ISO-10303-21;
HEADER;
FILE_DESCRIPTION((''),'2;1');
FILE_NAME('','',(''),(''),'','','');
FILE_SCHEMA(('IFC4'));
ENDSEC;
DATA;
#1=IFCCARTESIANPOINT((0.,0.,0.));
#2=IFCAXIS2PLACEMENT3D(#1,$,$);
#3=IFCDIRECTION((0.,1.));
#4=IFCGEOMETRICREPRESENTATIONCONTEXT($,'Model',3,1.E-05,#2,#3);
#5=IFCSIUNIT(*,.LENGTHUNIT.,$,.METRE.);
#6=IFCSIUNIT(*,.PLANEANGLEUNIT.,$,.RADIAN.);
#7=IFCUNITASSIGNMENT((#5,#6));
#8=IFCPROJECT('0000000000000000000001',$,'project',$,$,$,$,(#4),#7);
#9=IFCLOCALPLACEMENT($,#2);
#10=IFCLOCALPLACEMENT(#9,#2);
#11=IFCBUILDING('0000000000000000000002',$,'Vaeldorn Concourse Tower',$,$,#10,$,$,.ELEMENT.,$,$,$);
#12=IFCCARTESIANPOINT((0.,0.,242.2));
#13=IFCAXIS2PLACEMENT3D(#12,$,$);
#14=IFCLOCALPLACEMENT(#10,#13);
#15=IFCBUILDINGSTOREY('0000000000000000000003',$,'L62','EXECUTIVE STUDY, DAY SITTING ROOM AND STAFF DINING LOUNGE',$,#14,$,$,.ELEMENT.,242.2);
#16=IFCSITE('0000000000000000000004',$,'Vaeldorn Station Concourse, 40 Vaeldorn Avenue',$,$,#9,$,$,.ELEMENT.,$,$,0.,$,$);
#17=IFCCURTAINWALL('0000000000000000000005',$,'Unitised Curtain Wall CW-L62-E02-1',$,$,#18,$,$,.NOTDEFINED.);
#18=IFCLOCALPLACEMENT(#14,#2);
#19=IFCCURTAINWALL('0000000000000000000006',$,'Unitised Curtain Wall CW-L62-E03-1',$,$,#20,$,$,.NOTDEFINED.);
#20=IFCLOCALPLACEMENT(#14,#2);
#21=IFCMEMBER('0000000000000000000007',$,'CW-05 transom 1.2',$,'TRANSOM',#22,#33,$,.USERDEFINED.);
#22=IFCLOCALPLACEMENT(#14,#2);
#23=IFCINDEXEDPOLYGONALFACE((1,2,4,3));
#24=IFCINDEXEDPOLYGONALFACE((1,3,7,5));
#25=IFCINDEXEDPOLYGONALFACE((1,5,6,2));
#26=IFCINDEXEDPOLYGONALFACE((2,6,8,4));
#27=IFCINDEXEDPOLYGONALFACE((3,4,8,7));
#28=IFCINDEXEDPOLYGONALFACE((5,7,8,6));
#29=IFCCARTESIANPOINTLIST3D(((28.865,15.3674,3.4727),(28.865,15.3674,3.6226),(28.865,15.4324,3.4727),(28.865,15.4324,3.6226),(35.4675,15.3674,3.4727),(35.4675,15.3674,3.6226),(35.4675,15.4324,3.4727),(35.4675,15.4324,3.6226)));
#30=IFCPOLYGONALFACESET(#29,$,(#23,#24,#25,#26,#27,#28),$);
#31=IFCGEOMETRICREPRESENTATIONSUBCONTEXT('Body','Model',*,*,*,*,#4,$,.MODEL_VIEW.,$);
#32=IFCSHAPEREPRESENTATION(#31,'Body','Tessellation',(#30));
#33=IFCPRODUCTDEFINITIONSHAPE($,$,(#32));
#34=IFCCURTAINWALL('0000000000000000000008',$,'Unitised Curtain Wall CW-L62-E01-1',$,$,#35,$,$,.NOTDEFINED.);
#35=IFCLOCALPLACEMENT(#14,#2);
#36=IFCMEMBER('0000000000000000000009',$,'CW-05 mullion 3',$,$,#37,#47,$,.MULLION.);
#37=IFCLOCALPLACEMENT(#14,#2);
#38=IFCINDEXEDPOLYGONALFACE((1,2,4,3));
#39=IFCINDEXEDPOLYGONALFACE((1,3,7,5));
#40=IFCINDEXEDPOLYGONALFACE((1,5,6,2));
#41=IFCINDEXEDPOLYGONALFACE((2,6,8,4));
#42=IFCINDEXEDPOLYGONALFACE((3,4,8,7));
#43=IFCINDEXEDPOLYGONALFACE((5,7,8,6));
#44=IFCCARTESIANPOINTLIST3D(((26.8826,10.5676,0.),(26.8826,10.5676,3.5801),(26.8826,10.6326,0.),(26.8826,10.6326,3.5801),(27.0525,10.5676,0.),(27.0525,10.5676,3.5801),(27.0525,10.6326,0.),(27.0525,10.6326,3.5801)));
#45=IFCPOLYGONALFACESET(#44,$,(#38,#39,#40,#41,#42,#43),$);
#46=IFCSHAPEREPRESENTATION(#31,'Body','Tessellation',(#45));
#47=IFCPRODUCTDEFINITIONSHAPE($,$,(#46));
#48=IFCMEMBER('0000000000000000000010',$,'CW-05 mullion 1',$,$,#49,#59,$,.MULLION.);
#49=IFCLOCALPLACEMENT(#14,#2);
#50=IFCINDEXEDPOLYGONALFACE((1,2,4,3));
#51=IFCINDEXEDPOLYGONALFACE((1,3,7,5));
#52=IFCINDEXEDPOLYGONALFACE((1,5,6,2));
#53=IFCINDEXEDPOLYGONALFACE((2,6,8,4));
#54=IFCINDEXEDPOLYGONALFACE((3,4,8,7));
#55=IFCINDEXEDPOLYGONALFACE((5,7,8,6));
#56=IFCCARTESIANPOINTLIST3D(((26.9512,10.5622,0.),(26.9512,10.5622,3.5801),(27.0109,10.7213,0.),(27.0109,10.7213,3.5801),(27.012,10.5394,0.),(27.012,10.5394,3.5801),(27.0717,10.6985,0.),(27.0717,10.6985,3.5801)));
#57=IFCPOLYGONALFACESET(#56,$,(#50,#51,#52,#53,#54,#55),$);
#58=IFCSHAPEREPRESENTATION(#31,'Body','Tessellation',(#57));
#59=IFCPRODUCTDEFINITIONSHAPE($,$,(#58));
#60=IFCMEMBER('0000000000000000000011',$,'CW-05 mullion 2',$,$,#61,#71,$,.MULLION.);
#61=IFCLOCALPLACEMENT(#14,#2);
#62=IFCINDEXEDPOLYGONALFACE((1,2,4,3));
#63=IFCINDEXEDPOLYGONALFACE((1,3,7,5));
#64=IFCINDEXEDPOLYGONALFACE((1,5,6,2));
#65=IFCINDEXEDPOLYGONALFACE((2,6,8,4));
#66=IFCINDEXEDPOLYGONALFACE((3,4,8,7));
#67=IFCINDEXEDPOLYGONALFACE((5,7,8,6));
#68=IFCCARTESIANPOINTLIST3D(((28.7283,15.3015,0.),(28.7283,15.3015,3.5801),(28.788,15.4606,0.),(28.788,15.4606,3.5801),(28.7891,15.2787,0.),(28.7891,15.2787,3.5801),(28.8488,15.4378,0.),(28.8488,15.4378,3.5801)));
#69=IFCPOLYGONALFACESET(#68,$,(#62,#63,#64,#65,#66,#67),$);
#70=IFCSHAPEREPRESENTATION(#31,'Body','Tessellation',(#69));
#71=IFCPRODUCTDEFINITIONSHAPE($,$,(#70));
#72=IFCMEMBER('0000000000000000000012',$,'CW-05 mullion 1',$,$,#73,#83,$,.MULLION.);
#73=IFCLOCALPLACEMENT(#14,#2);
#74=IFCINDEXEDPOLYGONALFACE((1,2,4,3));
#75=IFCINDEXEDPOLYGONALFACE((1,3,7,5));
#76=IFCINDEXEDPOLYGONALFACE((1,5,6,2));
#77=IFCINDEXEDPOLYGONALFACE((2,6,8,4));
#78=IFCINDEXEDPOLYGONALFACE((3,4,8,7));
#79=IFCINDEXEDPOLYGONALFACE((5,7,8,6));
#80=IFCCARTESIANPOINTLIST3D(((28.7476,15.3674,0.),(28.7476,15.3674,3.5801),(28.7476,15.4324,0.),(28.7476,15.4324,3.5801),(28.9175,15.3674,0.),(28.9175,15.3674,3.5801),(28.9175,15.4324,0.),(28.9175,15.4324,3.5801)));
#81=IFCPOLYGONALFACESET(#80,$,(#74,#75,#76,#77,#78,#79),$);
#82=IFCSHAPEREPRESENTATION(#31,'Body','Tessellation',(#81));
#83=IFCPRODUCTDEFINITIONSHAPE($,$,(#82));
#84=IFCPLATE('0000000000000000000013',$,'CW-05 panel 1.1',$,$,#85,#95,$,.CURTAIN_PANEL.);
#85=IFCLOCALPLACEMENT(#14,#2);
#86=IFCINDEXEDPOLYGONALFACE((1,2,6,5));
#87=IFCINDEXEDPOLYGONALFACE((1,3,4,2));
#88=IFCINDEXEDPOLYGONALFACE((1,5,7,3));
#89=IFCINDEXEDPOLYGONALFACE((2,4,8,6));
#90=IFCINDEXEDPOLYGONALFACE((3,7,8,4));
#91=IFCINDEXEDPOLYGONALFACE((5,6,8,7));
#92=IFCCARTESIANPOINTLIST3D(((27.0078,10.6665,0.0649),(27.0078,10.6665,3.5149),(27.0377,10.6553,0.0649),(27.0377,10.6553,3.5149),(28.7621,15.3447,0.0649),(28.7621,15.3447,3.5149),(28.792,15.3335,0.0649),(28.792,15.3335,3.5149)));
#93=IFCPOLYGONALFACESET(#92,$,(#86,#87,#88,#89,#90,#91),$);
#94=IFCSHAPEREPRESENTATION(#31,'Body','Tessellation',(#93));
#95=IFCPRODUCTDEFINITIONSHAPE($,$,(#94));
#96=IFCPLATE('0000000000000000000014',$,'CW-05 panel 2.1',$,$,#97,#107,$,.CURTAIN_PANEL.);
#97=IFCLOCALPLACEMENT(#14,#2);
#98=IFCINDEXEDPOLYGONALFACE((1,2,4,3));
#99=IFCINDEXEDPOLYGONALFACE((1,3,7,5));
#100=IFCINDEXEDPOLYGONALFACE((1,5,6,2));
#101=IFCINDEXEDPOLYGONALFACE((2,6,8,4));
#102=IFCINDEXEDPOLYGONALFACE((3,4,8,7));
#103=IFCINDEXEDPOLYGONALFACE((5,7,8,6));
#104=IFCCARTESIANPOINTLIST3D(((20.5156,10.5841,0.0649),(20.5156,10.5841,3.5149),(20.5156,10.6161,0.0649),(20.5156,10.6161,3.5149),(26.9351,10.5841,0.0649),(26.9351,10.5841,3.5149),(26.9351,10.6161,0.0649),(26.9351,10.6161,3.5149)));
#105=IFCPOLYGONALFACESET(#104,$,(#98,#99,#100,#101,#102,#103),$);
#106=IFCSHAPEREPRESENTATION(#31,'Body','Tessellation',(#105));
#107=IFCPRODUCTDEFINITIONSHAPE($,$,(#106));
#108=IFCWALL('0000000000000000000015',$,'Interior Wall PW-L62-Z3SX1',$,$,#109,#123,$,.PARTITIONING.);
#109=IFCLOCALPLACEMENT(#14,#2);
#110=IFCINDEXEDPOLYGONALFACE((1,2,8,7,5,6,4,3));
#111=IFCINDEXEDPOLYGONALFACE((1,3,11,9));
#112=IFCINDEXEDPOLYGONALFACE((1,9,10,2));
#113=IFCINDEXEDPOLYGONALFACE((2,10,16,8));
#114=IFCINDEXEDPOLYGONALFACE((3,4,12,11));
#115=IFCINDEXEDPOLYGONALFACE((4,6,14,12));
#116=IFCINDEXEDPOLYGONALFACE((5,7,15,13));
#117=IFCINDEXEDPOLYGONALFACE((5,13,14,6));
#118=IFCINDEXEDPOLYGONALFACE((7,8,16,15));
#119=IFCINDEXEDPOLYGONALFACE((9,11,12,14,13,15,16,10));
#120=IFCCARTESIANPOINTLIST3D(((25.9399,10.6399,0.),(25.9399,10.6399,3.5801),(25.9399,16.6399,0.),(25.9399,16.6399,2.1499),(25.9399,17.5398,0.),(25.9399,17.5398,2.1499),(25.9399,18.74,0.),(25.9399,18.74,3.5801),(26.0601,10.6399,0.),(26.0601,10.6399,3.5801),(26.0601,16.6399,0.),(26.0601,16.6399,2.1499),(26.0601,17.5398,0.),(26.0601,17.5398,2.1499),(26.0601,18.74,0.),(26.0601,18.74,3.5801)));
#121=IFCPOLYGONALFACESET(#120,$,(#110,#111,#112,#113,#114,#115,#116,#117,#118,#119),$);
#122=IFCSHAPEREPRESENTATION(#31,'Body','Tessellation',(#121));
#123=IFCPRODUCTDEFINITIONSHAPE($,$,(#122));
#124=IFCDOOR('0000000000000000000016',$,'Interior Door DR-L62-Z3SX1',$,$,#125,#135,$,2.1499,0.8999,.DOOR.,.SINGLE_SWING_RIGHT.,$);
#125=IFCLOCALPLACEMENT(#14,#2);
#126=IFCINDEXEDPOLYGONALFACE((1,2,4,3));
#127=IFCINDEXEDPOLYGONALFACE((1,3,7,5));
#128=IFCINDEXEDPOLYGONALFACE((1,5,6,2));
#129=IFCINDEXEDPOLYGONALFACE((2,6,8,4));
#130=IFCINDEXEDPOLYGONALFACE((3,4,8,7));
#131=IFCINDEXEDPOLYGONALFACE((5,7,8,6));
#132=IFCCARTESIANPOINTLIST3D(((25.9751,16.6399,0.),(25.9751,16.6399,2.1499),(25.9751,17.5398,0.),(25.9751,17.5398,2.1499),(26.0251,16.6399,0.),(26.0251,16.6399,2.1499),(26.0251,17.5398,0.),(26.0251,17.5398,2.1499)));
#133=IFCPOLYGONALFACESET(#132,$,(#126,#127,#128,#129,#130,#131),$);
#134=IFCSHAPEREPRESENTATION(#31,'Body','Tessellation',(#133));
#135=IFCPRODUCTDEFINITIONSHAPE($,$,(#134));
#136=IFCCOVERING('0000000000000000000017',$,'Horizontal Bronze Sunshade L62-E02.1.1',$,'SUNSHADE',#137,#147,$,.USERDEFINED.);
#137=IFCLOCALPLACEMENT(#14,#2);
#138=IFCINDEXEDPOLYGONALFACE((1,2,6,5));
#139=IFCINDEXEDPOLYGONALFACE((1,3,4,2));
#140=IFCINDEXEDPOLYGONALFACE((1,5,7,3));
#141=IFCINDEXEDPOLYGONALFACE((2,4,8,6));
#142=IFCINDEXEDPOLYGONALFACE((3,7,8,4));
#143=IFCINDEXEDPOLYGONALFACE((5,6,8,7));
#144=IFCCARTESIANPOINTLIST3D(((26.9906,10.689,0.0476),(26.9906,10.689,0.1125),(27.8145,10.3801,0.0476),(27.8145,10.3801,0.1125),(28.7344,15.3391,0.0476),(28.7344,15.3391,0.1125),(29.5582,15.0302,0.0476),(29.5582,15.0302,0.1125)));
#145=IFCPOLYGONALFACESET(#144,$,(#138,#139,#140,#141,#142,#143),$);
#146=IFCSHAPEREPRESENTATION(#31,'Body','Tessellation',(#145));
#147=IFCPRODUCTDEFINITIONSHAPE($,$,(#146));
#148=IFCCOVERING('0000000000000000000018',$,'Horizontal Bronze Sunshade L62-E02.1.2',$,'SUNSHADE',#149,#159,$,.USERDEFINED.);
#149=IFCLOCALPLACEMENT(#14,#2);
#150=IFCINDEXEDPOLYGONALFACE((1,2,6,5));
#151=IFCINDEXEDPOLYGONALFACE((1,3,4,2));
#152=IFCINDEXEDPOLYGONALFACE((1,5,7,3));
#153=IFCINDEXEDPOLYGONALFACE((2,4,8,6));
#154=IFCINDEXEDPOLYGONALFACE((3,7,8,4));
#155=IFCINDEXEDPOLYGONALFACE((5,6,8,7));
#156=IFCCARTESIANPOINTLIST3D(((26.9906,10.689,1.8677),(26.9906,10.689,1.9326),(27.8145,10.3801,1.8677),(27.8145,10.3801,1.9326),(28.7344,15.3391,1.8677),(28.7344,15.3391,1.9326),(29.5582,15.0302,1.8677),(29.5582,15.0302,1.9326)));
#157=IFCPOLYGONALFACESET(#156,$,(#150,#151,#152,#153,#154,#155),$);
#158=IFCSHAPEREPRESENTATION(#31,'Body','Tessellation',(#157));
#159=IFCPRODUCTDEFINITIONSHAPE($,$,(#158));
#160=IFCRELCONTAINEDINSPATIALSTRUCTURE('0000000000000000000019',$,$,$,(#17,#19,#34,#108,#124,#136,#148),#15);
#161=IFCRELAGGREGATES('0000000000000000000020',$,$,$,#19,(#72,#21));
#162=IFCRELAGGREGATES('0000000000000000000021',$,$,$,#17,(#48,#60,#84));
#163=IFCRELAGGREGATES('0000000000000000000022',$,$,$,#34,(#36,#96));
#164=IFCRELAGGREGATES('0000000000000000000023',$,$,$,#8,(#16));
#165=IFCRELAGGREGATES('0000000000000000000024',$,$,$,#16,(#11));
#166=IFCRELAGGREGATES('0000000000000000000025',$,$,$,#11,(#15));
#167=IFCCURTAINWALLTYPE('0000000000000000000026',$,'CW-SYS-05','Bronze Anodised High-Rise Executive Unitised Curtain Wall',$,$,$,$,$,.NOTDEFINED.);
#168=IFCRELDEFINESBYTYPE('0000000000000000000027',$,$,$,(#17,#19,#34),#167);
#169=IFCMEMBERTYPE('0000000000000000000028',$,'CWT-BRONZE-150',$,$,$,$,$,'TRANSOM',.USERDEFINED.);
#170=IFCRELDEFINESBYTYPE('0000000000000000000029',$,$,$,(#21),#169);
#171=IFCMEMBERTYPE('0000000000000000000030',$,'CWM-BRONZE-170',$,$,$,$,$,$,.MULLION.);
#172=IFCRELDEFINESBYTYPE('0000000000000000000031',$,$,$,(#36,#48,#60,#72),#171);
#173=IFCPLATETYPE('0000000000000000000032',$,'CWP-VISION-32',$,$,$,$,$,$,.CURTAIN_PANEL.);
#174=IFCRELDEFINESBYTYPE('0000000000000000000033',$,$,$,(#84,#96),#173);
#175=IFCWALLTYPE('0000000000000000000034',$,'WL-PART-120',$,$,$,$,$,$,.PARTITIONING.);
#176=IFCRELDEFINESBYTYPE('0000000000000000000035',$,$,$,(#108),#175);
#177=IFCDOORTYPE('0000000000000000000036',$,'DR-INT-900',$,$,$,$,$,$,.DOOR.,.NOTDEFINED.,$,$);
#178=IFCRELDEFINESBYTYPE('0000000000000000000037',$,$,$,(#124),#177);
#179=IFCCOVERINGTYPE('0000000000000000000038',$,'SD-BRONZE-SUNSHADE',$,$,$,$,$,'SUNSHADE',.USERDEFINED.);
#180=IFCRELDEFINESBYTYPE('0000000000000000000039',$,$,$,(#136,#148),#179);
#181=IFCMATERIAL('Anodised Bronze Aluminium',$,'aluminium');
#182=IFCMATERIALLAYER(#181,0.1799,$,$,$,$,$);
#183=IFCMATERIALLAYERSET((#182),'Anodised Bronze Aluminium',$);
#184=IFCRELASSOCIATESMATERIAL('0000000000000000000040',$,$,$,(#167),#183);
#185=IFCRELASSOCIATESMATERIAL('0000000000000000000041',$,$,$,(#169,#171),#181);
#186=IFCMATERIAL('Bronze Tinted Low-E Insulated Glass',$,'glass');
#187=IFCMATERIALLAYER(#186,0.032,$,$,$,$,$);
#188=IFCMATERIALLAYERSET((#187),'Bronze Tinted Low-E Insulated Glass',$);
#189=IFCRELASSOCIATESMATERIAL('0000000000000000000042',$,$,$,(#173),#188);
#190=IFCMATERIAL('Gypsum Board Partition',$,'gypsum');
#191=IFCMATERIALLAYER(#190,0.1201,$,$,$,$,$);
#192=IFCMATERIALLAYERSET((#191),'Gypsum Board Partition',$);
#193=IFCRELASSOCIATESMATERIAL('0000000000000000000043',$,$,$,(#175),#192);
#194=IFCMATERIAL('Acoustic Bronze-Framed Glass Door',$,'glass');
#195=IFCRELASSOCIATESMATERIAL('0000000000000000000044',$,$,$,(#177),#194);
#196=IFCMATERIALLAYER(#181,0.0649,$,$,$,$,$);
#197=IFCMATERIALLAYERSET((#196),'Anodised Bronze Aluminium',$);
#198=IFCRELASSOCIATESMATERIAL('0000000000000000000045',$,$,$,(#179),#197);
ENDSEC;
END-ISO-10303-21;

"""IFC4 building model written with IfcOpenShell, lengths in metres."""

from ifc_helpers import new_model, si_unit, direction, frame, frame_2d, origin, origin_2d, place, context, subcontext, project, spatial, rectangle, extrude, source, transform, mapped, material, layer, layer_set, material_profile, profile_set, type_object, element, fill, aggregate, save


model = new_model("IFC4")

# Units and contexts
model_context = context("Model", 3, precision=1e-05, world=origin(), true_north=direction((0.0, 1.0)))
body_context = subcontext(model_context, "Body", "Model", "MODEL_VIEW")
ifc_project = project(units=[si_unit("LENGTHUNIT", "METRE"), si_unit("PLANEANGLEUNIT", "RADIAN")], contexts=[model_context])

# Site, building, storey
site_placement = place(None, origin())
site = spatial("IfcSite", under=ifc_project, at=site_placement, Name="Vaeldorn Station Concourse, 40 Vaeldorn Avenue", CompositionType="ELEMENT", RefElevation=0.0)
building_placement = place(site_placement, origin())
building = spatial("IfcBuilding", under=site, at=building_placement, Name="Vaeldorn Concourse Tower", CompositionType="ELEMENT")
storey_placement = place(building_placement, frame((0.0, 0.0, 242.2)))
storey = spatial("IfcBuildingStorey", under=building, at=storey_placement, Name="L62", Description="EXECUTIVE STUDY, DAY SITTING ROOM AND STAFF DINING LOUNGE", CompositionType="ELEMENT", Elevation=242.2)

# Curtain walls, member
ifc_material_1 = material(Name="Anodised Bronze Aluminium", Category="aluminium")
ifc_layer_1 = layer(ifc_material_1, 0.1799)
ifc_layer_set_1 = layer_set([ifc_layer_1], Name="Anodised Bronze Aluminium")
curtain_wall_type = type_object("IfcCurtainWallType", Name="CW-SYS-05", Description="Bronze Anodised High-Rise Executive Unitised Curtain Wall", PredefinedType="NOTDEFINED", material=ifc_layer_set_1)
curtain_wall_1_placement = place(storey_placement, origin())
curtain_wall_1 = element("IfcCurtainWall", 1, at=curtain_wall_1_placement, inside=storey, type_object=curtain_wall_type, Name="Unitised Curtain Wall CW-L62-E02-1", PredefinedType="NOTDEFINED")
ifc_material_profile_1 = material_profile(ifc_material_1, rectangle(XDim=0.0649, YDim=0.1499, at=origin_2d()), Name="CWT 65x150")
ifc_profile_set_1 = profile_set([ifc_material_profile_1], Name="Anodised Bronze Aluminium")
member_type_1 = type_object("IfcMemberType", Name="CWT-BRONZE-150", ElementType="TRANSOM", PredefinedType="USERDEFINED", material=ifc_profile_set_1)
curtain_wall_2_placement = place(storey_placement, origin())
curtain_wall_2 = element("IfcCurtainWall", 2, at=curtain_wall_2_placement, inside=storey, type_object=curtain_wall_type, Name="Unitised Curtain Wall CW-L62-E03-1", PredefinedType="NOTDEFINED")
shared_shape_1 = source(origin(), body_context, "Body", "SweptSolid", [
    extrude(rectangle(XDim=0.0649, YDim=0.1499, at=origin_2d()), origin(), (0.0, 0.0, 1.0), 6.6025),
])
member_1_placement = place(storey_placement, frame((28.865, 15.3999, 3.5476), z_axis=(1.0, 0.0, 0.0), x_axis=(0.0, 1.0, 0.0)))
member_1 = element("IfcMember", 3, at=member_1_placement, type_object=member_type_1, Name="CW-05 transom 1.2", ObjectType="TRANSOM", PredefinedType="USERDEFINED", context=body_context, shape_type="MappedRepresentation", body=[
    mapped(shared_shape_1, transform((0.0, 0.0, 0.0), scale=1.0)),
])

# Curtain wall, member
curtain_wall_3_placement = place(storey_placement, origin())
curtain_wall_3 = element("IfcCurtainWall", 4, at=curtain_wall_3_placement, inside=storey, type_object=curtain_wall_type, Name="Unitised Curtain Wall CW-L62-E01-1", PredefinedType="NOTDEFINED")
ifc_material_profile_2 = material_profile(ifc_material_1, rectangle(XDim=0.0649, YDim=0.1699, at=origin_2d()), Name="CWM 65x170")
ifc_profile_set_2 = profile_set([ifc_material_profile_2], Name="Anodised Bronze Aluminium")
member_type_2 = type_object("IfcMemberType", Name="CWM-BRONZE-170", PredefinedType="MULLION", material=ifc_profile_set_2)
shared_shape_2 = source(origin(), body_context, "Body", "SweptSolid", [
    extrude(rectangle(XDim=0.0649, YDim=0.1699, at=origin_2d()), origin(), (0.0, 0.0, 1.0), 3.5801),
])
member_2_placement = place(storey_placement, frame((26.9675, 10.6001, 0.0), z_axis=(0.0, 0.0, 1.0), x_axis=(0.0, 1.0, 0.0)))
member_2 = element("IfcMember", 5, at=member_2_placement, type_object=member_type_2, Name="CW-05 mullion 3", PredefinedType="MULLION", context=body_context, shape_type="MappedRepresentation", body=[
    mapped(shared_shape_2, transform((0.0, 0.0, 0.0), scale=1.0)),
])

# Members
member_3_placement = place(storey_placement, frame((27.0115, 10.6304, 0.0), z_axis=(0.0, 0.0, 1.0), x_axis=(-0.936329, 0.351123, 0.0)))
member_3 = element("IfcMember", 6, at=member_3_placement, type_object=member_type_2, Name="CW-05 mullion 1", PredefinedType="MULLION", context=body_context, shape_type="MappedRepresentation", body=[
    mapped(shared_shape_2, transform((0.0, 0.0, 0.0), scale=1.0)),
])
member_4_placement = place(storey_placement, frame((28.7886, 15.3696, 0.0), z_axis=(0.0, 0.0, 1.0), x_axis=(-0.936329, 0.351123, 0.0)))
member_4 = element("IfcMember", 7, at=member_4_placement, type_object=member_type_2, Name="CW-05 mullion 2", PredefinedType="MULLION", context=body_context, shape_type="MappedRepresentation", body=[
    mapped(shared_shape_2, transform((0.0, 0.0, 0.0), scale=1.0)),
])
member_5_placement = place(storey_placement, frame((28.8325, 15.3999, 0.0), z_axis=(0.0, 0.0, 1.0), x_axis=(0.0, 1.0, 0.0)))
member_5 = element("IfcMember", 8, at=member_5_placement, type_object=member_type_2, Name="CW-05 mullion 1", PredefinedType="MULLION", context=body_context, shape_type="MappedRepresentation", body=[
    mapped(shared_shape_2, transform((0.0, 0.0, 0.0), scale=1.0)),
])
aggregate(curtain_wall_2, [member_5, member_1])

# Plates
ifc_material_2 = material(Name="Bronze Tinted Low-E Insulated Glass", Category="glass")
ifc_layer_2 = layer(ifc_material_2, 0.032)
ifc_layer_set_2 = layer_set([ifc_layer_2], Name="Bronze Tinted Low-E Insulated Glass")
plate_type = type_object("IfcPlateType", Name="CWP-VISION-32", PredefinedType="CURTAIN_PANEL", material=ifc_layer_set_2)
shared_shape_3 = source(origin(), body_context, "Body", "SweptSolid", [
    extrude(rectangle(XDim=4.9963, YDim=0.032, at=origin_2d()), origin(), (0.0, 0.0, 1.0), 3.45),
])
plate_1_placement = place(storey_placement, frame((27.8999, 13.0, 0.0649), z_axis=(0.0, 0.0, 1.0), x_axis=(0.351123, 0.936329, 0.0)))
plate_1 = element("IfcPlate", 9, at=plate_1_placement, type_object=plate_type, Name="CW-05 panel 1.1", PredefinedType="CURTAIN_PANEL", context=body_context, shape_type="MappedRepresentation", body=[
    mapped(shared_shape_3, transform((0.0, 0.0, 0.0), scale=1.0)),
])
aggregate(curtain_wall_1, [member_3, member_4, plate_1])
shared_shape_4 = source(origin(), body_context, "Body", "SweptSolid", [
    extrude(rectangle(XDim=6.4194, YDim=0.032, at=origin_2d()), origin(), (0.0, 0.0, 1.0), 3.45),
])
plate_2_placement = place(storey_placement, frame((23.7253, 10.6001, 0.0649), z_axis=(0.0, 0.0, 1.0), x_axis=(1.0, 0.0, 0.0)))
plate_2 = element("IfcPlate", 10, at=plate_2_placement, type_object=plate_type, Name="CW-05 panel 2.1", PredefinedType="CURTAIN_PANEL", context=body_context, shape_type="MappedRepresentation", body=[
    mapped(shared_shape_4, transform((0.0, 0.0, 0.0), scale=1.0)),
])
aggregate(curtain_wall_3, [member_2, plate_2])

# Wall, opening, door
ifc_material_3 = material(Name="Gypsum Board Partition", Category="gypsum")
ifc_layer_3 = layer(ifc_material_3, 0.1201)
ifc_layer_set_3 = layer_set([ifc_layer_3], Name="Gypsum Board Partition")
wall_type = type_object("IfcWallType", Name="WL-PART-120", PredefinedType="PARTITIONING", material=ifc_layer_set_3)
wall_placement = place(storey_placement, frame((26.0, 10.6399, 0.0), z_axis=(0.0, 0.0, 1.0), x_axis=(0.0, 1.0, 0.0)))
wall = element("IfcWall", 11, at=wall_placement, inside=storey, type_object=wall_type, Name="Interior Wall PW-L62-Z3SX1", PredefinedType="PARTITIONING", context=body_context, shape_type="SweptSolid", body=[
    extrude(rectangle(XDim=8.1001, YDim=0.1201, at=frame_2d((4.05, 0.0))), origin(), (0.0, 0.0, 1.0), 3.5801),
])
opening_placement = place(wall_placement, frame((6.0, 0.0, 0.0)))
opening = element("IfcOpeningElement", 12, at=opening_placement, cuts=wall, PredefinedType="OPENING", context=body_context, shape_type="SweptSolid", body=[
    extrude(rectangle(XDim=0.8999, YDim=2.1499, at=frame_2d((0.45, 1.075))), frame((0.0, 0.0701, 0.0), z_axis=(0.0, -1.0, 0.0), x_axis=(1.0, 0.0, 0.0)), (0.0, 0.0, 1.0), 0.1401),
])
ifc_material_4 = material(Name="Acoustic Bronze-Framed Glass Door", Category="glass")
door_type = type_object("IfcDoorType", Name="DR-INT-900", OperationType="NOTDEFINED", PredefinedType="DOOR", material=ifc_material_4)
shared_shape_5 = source(origin(), body_context, "Body", "SweptSolid", [
    extrude(rectangle(XDim=0.8999, YDim=2.1499, at=frame_2d((0.45, 1.075))), frame((0.0, 0.0249, 0.0), z_axis=(0.0, -1.0, 0.0), x_axis=(1.0, 0.0, 0.0)), (0.0, 0.0, 1.0), 0.05),
])
door_placement = place(opening_placement, origin())
door = element("IfcDoor", 13, at=door_placement, inside=storey, type_object=door_type, Name="Interior Door DR-L62-Z3SX1", OperationType="SINGLE_SWING_RIGHT", OverallHeight=2.1499, OverallWidth=0.8999, PredefinedType="DOOR", context=body_context, shape_type="MappedRepresentation", body=[
    mapped(shared_shape_5, transform((0.0, 0.0, 0.0), scale=1.0)),
])
fill(opening, door)

# Coverings
ifc_layer_4 = layer(ifc_material_1, 0.0649)
ifc_layer_set_4 = layer_set([ifc_layer_4], Name="Anodised Bronze Aluminium")
covering_type = type_object("IfcCoveringType", Name="SD-BRONZE-SUNSHADE", ElementType="SUNSHADE", PredefinedType="USERDEFINED", material=ifc_layer_set_4)
shared_shape_6 = source(origin(), body_context, "Body", "SweptSolid", [
    extrude(rectangle(XDim=4.9663, YDim=0.8799, at=origin_2d()), origin(), (0.0, 0.0, 1.0), 0.0649),
])
for number, where, z_axis, x_axis, name in (
    (14, (28.2744, 12.8596, 0.0476), (0.0, 0.0, 1.0), (0.351123, 0.936329, 0.0), "Horizontal Bronze Sunshade L62-E02.1.1"),
    (15, (28.2744, 12.8596, 1.8677), (0.0, 0.0, 1.0), (0.351123, 0.936329, 0.0), "Horizontal Bronze Sunshade L62-E02.1.2"),
):
    element("IfcCovering", number, at=place(storey_placement, frame(where, z_axis=z_axis, x_axis=x_axis)), inside=storey, type_object=covering_type, Name=name, ObjectType="SUNSHADE", PredefinedType="USERDEFINED", context=body_context, shape_type="MappedRepresentation", body=[
        mapped(shared_shape_6, transform((0.0, 0.0, 0.0), scale=1.0)),
    ])

save(model, "model.ifc")
